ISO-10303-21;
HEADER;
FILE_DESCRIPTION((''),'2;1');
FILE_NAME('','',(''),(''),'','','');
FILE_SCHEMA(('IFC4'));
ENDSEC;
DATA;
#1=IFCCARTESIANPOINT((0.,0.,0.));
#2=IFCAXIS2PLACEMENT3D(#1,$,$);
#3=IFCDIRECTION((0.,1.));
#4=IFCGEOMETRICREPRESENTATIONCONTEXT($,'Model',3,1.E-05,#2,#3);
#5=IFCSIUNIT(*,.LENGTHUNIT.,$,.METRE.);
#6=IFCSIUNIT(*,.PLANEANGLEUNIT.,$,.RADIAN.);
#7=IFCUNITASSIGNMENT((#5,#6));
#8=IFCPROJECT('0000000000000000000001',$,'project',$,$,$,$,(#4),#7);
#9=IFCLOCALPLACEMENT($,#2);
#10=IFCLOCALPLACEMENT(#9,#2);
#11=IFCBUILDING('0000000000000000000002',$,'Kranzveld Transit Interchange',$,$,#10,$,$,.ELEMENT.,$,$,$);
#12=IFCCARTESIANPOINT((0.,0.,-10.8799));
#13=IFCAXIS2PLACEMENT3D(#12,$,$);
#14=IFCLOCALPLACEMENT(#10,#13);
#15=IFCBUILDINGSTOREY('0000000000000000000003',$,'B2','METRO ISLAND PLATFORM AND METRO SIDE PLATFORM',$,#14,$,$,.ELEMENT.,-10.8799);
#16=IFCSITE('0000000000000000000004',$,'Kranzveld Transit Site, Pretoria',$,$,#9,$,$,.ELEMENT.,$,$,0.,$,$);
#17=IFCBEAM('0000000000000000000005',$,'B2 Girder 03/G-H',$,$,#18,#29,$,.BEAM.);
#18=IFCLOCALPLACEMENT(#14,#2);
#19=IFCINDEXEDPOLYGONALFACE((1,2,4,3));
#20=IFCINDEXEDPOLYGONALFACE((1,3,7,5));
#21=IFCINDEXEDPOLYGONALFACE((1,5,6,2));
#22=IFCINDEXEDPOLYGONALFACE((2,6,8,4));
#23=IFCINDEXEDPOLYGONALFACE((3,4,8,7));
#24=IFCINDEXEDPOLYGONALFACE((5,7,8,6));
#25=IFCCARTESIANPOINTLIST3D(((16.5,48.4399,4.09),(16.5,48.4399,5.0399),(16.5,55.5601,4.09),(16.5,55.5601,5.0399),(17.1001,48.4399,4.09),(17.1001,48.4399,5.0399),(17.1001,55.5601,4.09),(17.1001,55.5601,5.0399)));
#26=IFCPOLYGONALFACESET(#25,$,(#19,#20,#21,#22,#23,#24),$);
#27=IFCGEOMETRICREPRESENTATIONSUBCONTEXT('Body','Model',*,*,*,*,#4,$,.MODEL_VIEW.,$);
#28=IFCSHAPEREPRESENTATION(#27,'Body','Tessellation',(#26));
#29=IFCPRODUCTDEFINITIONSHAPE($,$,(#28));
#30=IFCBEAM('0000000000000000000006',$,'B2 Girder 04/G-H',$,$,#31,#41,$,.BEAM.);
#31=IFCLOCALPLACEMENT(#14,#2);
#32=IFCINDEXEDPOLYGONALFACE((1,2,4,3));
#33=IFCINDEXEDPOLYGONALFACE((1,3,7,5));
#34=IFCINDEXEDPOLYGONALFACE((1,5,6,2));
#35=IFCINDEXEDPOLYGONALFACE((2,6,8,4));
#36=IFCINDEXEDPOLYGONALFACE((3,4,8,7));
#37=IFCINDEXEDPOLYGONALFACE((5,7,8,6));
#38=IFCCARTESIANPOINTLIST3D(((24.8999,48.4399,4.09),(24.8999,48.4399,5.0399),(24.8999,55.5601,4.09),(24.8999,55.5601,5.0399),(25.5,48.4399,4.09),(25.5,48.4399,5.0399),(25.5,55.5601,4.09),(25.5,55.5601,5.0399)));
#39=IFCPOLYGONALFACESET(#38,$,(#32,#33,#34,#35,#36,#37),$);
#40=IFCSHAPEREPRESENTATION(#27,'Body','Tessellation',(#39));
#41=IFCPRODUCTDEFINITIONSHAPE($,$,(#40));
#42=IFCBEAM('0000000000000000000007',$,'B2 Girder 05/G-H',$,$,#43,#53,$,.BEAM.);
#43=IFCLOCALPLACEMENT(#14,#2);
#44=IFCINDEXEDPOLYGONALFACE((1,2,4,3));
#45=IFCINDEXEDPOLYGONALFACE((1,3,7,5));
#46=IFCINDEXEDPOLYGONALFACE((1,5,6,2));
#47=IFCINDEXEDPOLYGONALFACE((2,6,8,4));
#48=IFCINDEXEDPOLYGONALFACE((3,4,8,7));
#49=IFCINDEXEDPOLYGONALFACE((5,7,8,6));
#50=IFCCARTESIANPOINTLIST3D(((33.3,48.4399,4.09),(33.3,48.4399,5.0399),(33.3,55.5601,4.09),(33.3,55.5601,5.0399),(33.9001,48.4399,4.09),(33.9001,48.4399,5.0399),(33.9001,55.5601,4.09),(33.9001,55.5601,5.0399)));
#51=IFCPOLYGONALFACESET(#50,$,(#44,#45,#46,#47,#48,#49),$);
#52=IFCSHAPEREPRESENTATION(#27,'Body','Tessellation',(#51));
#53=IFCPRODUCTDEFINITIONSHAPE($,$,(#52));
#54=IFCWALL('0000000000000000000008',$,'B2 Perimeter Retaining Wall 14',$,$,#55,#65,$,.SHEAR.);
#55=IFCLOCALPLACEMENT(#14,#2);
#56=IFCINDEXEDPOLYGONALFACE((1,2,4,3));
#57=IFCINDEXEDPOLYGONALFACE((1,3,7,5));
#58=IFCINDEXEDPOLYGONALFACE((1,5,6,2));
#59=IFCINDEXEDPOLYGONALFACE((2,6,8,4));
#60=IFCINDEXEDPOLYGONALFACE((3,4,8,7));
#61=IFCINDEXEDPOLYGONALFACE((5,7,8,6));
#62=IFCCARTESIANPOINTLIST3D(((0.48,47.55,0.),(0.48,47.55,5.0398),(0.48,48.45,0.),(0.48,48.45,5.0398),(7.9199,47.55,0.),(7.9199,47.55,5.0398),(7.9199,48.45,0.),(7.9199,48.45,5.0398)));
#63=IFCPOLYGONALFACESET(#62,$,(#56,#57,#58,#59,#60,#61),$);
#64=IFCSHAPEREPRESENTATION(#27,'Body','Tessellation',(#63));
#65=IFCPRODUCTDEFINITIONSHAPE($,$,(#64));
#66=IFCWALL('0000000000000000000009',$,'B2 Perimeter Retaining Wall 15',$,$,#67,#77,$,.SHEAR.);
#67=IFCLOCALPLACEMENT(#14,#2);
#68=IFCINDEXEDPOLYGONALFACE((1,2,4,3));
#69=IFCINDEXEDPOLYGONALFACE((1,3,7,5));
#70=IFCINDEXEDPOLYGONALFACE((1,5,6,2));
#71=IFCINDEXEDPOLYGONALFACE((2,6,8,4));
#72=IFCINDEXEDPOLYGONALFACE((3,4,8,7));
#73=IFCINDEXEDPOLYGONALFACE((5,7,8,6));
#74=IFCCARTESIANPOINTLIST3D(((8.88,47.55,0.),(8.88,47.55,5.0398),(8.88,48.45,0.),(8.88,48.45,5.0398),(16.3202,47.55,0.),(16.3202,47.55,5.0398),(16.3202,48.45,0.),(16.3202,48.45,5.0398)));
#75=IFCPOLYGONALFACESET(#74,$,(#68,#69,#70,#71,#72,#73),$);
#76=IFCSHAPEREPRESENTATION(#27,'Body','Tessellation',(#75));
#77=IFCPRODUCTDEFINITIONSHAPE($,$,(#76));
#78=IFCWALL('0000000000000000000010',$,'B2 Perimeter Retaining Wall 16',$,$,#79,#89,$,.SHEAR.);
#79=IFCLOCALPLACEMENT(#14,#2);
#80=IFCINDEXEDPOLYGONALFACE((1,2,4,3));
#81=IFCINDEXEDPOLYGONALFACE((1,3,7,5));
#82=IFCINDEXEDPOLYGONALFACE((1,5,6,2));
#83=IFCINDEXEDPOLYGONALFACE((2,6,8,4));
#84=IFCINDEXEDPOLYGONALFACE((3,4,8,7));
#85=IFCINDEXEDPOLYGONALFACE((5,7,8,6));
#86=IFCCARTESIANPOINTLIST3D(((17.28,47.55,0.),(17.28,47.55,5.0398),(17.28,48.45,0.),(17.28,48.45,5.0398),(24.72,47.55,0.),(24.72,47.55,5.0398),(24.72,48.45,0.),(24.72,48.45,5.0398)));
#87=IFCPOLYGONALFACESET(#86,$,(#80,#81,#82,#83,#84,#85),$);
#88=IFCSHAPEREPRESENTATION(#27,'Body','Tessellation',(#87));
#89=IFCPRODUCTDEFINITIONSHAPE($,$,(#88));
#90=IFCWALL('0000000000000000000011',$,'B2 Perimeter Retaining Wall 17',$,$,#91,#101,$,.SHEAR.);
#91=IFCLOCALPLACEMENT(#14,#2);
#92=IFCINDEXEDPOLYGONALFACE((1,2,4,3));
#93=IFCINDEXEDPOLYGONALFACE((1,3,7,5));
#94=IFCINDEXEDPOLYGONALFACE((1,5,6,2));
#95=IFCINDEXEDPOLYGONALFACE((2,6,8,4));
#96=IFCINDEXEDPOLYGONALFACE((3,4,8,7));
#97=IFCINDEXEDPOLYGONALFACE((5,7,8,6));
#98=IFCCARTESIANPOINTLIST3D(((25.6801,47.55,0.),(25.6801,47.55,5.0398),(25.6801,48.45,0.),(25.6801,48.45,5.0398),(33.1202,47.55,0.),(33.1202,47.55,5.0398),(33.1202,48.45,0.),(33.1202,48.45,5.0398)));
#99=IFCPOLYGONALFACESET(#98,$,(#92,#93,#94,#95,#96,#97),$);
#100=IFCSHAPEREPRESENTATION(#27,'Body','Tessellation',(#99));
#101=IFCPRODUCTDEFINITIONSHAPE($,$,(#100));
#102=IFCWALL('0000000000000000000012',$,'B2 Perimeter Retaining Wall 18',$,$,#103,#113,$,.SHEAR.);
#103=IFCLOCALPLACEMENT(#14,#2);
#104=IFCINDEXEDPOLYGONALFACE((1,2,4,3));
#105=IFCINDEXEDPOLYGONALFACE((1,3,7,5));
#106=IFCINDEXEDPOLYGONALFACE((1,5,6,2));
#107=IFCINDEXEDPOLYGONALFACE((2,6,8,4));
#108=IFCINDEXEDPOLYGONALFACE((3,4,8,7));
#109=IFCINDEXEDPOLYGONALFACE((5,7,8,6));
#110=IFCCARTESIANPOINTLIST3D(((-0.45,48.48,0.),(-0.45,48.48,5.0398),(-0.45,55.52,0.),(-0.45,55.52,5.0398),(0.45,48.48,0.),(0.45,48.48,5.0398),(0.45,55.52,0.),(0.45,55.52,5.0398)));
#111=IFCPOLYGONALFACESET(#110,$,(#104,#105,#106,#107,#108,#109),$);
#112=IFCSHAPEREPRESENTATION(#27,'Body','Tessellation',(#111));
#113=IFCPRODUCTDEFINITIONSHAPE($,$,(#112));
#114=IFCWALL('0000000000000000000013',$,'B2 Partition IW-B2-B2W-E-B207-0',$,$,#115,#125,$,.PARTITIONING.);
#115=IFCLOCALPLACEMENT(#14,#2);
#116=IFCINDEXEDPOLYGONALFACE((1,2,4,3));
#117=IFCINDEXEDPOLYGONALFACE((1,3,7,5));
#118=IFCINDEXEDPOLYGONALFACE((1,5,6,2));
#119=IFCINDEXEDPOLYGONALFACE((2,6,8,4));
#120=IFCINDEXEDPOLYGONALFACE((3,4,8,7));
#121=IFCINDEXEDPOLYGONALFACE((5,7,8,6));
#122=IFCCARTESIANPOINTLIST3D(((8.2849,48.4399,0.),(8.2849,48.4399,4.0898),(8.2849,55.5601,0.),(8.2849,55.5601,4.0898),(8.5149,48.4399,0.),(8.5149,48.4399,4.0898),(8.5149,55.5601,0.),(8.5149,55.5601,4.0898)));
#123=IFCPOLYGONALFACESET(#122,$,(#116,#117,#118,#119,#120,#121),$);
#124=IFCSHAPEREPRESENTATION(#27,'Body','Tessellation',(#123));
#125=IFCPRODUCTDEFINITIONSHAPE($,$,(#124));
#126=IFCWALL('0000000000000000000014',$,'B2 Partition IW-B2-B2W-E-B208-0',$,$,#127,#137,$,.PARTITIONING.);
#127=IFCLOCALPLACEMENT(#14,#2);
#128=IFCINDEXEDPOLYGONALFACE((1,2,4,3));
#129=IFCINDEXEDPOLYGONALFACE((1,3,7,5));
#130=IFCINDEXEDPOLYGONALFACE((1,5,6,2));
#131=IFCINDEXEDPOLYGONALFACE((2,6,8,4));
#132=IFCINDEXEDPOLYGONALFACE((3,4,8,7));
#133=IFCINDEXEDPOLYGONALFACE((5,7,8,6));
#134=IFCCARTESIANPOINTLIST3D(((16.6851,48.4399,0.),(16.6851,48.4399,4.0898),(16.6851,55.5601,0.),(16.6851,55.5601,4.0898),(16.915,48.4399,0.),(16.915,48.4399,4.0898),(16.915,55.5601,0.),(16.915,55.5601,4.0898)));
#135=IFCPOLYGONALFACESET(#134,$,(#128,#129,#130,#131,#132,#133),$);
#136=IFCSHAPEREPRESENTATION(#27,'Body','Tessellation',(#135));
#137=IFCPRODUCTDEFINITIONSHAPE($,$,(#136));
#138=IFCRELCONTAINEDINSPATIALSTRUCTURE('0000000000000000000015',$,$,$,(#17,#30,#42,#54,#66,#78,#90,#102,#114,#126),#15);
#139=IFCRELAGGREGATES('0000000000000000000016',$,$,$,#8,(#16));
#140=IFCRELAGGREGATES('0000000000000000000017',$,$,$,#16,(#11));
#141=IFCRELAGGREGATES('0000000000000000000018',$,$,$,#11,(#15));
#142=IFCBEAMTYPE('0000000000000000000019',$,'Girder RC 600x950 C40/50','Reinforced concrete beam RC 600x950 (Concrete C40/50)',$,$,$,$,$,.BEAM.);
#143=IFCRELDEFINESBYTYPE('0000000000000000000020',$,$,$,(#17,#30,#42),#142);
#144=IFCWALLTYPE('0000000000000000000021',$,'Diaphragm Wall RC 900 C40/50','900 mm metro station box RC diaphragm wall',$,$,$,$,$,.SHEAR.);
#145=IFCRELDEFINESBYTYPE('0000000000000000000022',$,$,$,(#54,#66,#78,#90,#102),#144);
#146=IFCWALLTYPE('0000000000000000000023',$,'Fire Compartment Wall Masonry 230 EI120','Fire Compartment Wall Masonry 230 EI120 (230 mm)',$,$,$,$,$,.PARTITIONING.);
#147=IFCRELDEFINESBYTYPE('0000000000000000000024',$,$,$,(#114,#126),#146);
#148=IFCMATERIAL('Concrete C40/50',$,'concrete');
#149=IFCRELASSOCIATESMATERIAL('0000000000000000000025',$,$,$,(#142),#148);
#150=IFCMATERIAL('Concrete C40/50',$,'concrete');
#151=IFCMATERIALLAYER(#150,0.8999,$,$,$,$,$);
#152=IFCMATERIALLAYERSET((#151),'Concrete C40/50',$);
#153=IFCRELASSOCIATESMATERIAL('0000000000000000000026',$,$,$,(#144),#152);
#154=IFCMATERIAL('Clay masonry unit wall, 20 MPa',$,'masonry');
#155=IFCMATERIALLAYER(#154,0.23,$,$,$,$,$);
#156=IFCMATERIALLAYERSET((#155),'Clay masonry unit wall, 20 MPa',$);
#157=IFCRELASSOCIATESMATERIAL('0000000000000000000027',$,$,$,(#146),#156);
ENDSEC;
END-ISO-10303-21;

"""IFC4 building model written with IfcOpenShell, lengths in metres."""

from ifc_helpers import new_model, si_unit, direction, frame, frame_2d, origin, origin_2d, place, context, subcontext, project, spatial, rectangle, extrude, material, layer, layer_set, material_profile, profile_set, type_object, element, save


model = new_model("IFC4")

# Units and contexts
model_context = context("Model", 3, precision=1e-05, world=origin(), true_north=direction((0.0, 1.0)))
body_context = subcontext(model_context, "Body", "Model", "MODEL_VIEW")
ifc_project = project(units=[si_unit("LENGTHUNIT", "METRE"), si_unit("PLANEANGLEUNIT", "RADIAN")], contexts=[model_context])

# Site, building, storey
site_placement = place(None, origin())
site = spatial("IfcSite", under=ifc_project, at=site_placement, Name="Kranzveld Transit Site, Pretoria", CompositionType="ELEMENT", RefElevation=0.0)
building_placement = place(site_placement, origin())
building = spatial("IfcBuilding", under=site, at=building_placement, Name="Kranzveld Transit Interchange", CompositionType="ELEMENT")
storey_placement = place(building_placement, frame((0.0, 0.0, -10.8799)))
storey = spatial("IfcBuildingStorey", under=building, at=storey_placement, Name="B2", Description="METRO ISLAND PLATFORM AND METRO SIDE PLATFORM", CompositionType="ELEMENT", Elevation=-10.8799)

# Beams
ifc_material_1 = material(Name="Concrete C40/50", Category="concrete")
ifc_material_profile_1 = material_profile(ifc_material_1, rectangle(XDim=0.6001, YDim=0.95, at=origin_2d()), Name="RC 600x950")
ifc_profile_set_1 = profile_set([ifc_material_profile_1], Name="Concrete C40/50")
beam_type_1 = type_object("IfcBeamType", Name="Girder RC 600x950 C40/50", Description="Reinforced concrete beam RC 600x950 (Concrete C40/50)", PredefinedType="BEAM", material=ifc_profile_set_1)
for number, where, z_axis, x_axis, name in (
    (1, (16.8, 48.4399, 4.5649), (0.0, 1.0, 0.0), (-1.0, 0.0, 0.0), "B2 Girder 03/G-H"),
    (2, (25.2, 48.4399, 4.5649), (0.0, 1.0, 0.0), (-1.0, 0.0, 0.0), "B2 Girder 04/G-H"),
    (3, (33.6001, 48.4399, 4.5649), (0.0, 1.0, 0.0), (-1.0, 0.0, 0.0), "B2 Girder 05/G-H"),
):
    element("IfcBeam", number, at=place(storey_placement, frame(where, z_axis=z_axis, x_axis=x_axis)), inside=storey, type_object=beam_type_1, Name=name, PredefinedType="BEAM", context=body_context, shape_type="SweptSolid", body=[
        extrude(rectangle(XDim=0.6001, YDim=0.95, at=origin_2d()), origin(), (0.0, 0.0, 1.0), 7.1201),
    ])

# Walls
ifc_material_2 = material(Name="Concrete C40/50", Category="concrete")
ifc_layer_1 = layer(ifc_material_2, 0.8999)
ifc_layer_set_1 = layer_set([ifc_layer_1], Name="Concrete C40/50")
wall_type_1 = type_object("IfcWallType", Name="Diaphragm Wall RC 900 C40/50", Description="900 mm metro station box RC diaphragm wall", PredefinedType="SHEAR", material=ifc_layer_set_1)
wall_1_placement = place(storey_placement, frame((0.48, 48.0, 0.0), z_axis=(0.0, 0.0, 1.0), x_axis=(1.0, 0.0, 0.0)))
element("IfcWall", 4, at=wall_1_placement, inside=storey, type_object=wall_type_1, Name="B2 Perimeter Retaining Wall 14", PredefinedType="SHEAR", context=body_context, shape_type="SweptSolid", body=[
    extrude(rectangle(XDim=7.4399, YDim=0.8999, at=frame_2d((3.72, 0.0))), origin(), (0.0, 0.0, 1.0), 5.0398),
])
wall_2_placement = place(storey_placement, frame((8.8799, 48.0, 0.0), z_axis=(0.0, 0.0, 1.0), x_axis=(1.0, 0.0, 0.0)))
element("IfcWall", 5, at=wall_2_placement, inside=storey, type_object=wall_type_1, Name="B2 Perimeter Retaining Wall 15", PredefinedType="SHEAR", context=body_context, shape_type="SweptSolid", body=[
    extrude(rectangle(XDim=7.4402, YDim=0.8999, at=frame_2d((3.7202, 0.0))), origin(), (0.0, 0.0, 1.0), 5.0398),
])
wall_3_placement = place(storey_placement, frame((17.28, 48.0, 0.0), z_axis=(0.0, 0.0, 1.0), x_axis=(1.0, 0.0, 0.0)))
element("IfcWall", 6, at=wall_3_placement, inside=storey, type_object=wall_type_1, Name="B2 Perimeter Retaining Wall 16", PredefinedType="SHEAR", context=body_context, shape_type="SweptSolid", body=[
    extrude(rectangle(XDim=7.4399, YDim=0.8999, at=frame_2d((3.72, 0.0))), origin(), (0.0, 0.0, 1.0), 5.0398),
])
wall_4_placement = place(storey_placement, frame((25.6799, 48.0, 0.0), z_axis=(0.0, 0.0, 1.0), x_axis=(1.0, 0.0, 0.0)))
element("IfcWall", 7, at=wall_4_placement, inside=storey, type_object=wall_type_1, Name="B2 Perimeter Retaining Wall 17", PredefinedType="SHEAR", context=body_context, shape_type="SweptSolid", body=[
    extrude(rectangle(XDim=7.4402, YDim=0.8999, at=frame_2d((3.7202, 0.0))), origin(), (0.0, 0.0, 1.0), 5.0398),
])
wall_5_placement = place(storey_placement, frame((0.0, 48.48, 0.0), z_axis=(0.0, 0.0, 1.0), x_axis=(0.0, 1.0, 0.0)))
element("IfcWall", 8, at=wall_5_placement, inside=storey, type_object=wall_type_1, Name="B2 Perimeter Retaining Wall 18", PredefinedType="SHEAR", context=body_context, shape_type="SweptSolid", body=[
    extrude(rectangle(XDim=7.04, YDim=0.8999, at=frame_2d((3.52, 0.0))), origin(), (0.0, 0.0, 1.0), 5.0398),
])
ifc_material_3 = material(Name="Clay masonry unit wall, 20 MPa", Category="masonry")
ifc_layer_2 = layer(ifc_material_3, 0.23)
ifc_layer_set_2 = layer_set([ifc_layer_2], Name="Clay masonry unit wall, 20 MPa")
wall_type_2 = type_object("IfcWallType", Name="Fire Compartment Wall Masonry 230 EI120", Description="Fire Compartment Wall Masonry 230 EI120 (230 mm)", PredefinedType="PARTITIONING", material=ifc_layer_set_2)
for number, where, z_axis, x_axis, name in (
    (9, (8.3999, 48.4399, 0.0), (0.0, 0.0, 1.0), (0.0, 1.0, 0.0), "B2 Partition IW-B2-B2W-E-B207-0"),
    (10, (16.8, 48.4399, 0.0), (0.0, 0.0, 1.0), (0.0, 1.0, 0.0), "B2 Partition IW-B2-B2W-E-B208-0"),
):
    element("IfcWall", number, at=place(storey_placement, frame(where, z_axis=z_axis, x_axis=x_axis)), inside=storey, type_object=wall_type_2, Name=name, PredefinedType="PARTITIONING", context=body_context, shape_type="SweptSolid", body=[
        extrude(rectangle(XDim=7.1201, YDim=0.23, at=frame_2d((3.5601, 0.0))), origin(), (0.0, 0.0, 1.0), 4.0898),
    ])

save(model, "model.ifc")
